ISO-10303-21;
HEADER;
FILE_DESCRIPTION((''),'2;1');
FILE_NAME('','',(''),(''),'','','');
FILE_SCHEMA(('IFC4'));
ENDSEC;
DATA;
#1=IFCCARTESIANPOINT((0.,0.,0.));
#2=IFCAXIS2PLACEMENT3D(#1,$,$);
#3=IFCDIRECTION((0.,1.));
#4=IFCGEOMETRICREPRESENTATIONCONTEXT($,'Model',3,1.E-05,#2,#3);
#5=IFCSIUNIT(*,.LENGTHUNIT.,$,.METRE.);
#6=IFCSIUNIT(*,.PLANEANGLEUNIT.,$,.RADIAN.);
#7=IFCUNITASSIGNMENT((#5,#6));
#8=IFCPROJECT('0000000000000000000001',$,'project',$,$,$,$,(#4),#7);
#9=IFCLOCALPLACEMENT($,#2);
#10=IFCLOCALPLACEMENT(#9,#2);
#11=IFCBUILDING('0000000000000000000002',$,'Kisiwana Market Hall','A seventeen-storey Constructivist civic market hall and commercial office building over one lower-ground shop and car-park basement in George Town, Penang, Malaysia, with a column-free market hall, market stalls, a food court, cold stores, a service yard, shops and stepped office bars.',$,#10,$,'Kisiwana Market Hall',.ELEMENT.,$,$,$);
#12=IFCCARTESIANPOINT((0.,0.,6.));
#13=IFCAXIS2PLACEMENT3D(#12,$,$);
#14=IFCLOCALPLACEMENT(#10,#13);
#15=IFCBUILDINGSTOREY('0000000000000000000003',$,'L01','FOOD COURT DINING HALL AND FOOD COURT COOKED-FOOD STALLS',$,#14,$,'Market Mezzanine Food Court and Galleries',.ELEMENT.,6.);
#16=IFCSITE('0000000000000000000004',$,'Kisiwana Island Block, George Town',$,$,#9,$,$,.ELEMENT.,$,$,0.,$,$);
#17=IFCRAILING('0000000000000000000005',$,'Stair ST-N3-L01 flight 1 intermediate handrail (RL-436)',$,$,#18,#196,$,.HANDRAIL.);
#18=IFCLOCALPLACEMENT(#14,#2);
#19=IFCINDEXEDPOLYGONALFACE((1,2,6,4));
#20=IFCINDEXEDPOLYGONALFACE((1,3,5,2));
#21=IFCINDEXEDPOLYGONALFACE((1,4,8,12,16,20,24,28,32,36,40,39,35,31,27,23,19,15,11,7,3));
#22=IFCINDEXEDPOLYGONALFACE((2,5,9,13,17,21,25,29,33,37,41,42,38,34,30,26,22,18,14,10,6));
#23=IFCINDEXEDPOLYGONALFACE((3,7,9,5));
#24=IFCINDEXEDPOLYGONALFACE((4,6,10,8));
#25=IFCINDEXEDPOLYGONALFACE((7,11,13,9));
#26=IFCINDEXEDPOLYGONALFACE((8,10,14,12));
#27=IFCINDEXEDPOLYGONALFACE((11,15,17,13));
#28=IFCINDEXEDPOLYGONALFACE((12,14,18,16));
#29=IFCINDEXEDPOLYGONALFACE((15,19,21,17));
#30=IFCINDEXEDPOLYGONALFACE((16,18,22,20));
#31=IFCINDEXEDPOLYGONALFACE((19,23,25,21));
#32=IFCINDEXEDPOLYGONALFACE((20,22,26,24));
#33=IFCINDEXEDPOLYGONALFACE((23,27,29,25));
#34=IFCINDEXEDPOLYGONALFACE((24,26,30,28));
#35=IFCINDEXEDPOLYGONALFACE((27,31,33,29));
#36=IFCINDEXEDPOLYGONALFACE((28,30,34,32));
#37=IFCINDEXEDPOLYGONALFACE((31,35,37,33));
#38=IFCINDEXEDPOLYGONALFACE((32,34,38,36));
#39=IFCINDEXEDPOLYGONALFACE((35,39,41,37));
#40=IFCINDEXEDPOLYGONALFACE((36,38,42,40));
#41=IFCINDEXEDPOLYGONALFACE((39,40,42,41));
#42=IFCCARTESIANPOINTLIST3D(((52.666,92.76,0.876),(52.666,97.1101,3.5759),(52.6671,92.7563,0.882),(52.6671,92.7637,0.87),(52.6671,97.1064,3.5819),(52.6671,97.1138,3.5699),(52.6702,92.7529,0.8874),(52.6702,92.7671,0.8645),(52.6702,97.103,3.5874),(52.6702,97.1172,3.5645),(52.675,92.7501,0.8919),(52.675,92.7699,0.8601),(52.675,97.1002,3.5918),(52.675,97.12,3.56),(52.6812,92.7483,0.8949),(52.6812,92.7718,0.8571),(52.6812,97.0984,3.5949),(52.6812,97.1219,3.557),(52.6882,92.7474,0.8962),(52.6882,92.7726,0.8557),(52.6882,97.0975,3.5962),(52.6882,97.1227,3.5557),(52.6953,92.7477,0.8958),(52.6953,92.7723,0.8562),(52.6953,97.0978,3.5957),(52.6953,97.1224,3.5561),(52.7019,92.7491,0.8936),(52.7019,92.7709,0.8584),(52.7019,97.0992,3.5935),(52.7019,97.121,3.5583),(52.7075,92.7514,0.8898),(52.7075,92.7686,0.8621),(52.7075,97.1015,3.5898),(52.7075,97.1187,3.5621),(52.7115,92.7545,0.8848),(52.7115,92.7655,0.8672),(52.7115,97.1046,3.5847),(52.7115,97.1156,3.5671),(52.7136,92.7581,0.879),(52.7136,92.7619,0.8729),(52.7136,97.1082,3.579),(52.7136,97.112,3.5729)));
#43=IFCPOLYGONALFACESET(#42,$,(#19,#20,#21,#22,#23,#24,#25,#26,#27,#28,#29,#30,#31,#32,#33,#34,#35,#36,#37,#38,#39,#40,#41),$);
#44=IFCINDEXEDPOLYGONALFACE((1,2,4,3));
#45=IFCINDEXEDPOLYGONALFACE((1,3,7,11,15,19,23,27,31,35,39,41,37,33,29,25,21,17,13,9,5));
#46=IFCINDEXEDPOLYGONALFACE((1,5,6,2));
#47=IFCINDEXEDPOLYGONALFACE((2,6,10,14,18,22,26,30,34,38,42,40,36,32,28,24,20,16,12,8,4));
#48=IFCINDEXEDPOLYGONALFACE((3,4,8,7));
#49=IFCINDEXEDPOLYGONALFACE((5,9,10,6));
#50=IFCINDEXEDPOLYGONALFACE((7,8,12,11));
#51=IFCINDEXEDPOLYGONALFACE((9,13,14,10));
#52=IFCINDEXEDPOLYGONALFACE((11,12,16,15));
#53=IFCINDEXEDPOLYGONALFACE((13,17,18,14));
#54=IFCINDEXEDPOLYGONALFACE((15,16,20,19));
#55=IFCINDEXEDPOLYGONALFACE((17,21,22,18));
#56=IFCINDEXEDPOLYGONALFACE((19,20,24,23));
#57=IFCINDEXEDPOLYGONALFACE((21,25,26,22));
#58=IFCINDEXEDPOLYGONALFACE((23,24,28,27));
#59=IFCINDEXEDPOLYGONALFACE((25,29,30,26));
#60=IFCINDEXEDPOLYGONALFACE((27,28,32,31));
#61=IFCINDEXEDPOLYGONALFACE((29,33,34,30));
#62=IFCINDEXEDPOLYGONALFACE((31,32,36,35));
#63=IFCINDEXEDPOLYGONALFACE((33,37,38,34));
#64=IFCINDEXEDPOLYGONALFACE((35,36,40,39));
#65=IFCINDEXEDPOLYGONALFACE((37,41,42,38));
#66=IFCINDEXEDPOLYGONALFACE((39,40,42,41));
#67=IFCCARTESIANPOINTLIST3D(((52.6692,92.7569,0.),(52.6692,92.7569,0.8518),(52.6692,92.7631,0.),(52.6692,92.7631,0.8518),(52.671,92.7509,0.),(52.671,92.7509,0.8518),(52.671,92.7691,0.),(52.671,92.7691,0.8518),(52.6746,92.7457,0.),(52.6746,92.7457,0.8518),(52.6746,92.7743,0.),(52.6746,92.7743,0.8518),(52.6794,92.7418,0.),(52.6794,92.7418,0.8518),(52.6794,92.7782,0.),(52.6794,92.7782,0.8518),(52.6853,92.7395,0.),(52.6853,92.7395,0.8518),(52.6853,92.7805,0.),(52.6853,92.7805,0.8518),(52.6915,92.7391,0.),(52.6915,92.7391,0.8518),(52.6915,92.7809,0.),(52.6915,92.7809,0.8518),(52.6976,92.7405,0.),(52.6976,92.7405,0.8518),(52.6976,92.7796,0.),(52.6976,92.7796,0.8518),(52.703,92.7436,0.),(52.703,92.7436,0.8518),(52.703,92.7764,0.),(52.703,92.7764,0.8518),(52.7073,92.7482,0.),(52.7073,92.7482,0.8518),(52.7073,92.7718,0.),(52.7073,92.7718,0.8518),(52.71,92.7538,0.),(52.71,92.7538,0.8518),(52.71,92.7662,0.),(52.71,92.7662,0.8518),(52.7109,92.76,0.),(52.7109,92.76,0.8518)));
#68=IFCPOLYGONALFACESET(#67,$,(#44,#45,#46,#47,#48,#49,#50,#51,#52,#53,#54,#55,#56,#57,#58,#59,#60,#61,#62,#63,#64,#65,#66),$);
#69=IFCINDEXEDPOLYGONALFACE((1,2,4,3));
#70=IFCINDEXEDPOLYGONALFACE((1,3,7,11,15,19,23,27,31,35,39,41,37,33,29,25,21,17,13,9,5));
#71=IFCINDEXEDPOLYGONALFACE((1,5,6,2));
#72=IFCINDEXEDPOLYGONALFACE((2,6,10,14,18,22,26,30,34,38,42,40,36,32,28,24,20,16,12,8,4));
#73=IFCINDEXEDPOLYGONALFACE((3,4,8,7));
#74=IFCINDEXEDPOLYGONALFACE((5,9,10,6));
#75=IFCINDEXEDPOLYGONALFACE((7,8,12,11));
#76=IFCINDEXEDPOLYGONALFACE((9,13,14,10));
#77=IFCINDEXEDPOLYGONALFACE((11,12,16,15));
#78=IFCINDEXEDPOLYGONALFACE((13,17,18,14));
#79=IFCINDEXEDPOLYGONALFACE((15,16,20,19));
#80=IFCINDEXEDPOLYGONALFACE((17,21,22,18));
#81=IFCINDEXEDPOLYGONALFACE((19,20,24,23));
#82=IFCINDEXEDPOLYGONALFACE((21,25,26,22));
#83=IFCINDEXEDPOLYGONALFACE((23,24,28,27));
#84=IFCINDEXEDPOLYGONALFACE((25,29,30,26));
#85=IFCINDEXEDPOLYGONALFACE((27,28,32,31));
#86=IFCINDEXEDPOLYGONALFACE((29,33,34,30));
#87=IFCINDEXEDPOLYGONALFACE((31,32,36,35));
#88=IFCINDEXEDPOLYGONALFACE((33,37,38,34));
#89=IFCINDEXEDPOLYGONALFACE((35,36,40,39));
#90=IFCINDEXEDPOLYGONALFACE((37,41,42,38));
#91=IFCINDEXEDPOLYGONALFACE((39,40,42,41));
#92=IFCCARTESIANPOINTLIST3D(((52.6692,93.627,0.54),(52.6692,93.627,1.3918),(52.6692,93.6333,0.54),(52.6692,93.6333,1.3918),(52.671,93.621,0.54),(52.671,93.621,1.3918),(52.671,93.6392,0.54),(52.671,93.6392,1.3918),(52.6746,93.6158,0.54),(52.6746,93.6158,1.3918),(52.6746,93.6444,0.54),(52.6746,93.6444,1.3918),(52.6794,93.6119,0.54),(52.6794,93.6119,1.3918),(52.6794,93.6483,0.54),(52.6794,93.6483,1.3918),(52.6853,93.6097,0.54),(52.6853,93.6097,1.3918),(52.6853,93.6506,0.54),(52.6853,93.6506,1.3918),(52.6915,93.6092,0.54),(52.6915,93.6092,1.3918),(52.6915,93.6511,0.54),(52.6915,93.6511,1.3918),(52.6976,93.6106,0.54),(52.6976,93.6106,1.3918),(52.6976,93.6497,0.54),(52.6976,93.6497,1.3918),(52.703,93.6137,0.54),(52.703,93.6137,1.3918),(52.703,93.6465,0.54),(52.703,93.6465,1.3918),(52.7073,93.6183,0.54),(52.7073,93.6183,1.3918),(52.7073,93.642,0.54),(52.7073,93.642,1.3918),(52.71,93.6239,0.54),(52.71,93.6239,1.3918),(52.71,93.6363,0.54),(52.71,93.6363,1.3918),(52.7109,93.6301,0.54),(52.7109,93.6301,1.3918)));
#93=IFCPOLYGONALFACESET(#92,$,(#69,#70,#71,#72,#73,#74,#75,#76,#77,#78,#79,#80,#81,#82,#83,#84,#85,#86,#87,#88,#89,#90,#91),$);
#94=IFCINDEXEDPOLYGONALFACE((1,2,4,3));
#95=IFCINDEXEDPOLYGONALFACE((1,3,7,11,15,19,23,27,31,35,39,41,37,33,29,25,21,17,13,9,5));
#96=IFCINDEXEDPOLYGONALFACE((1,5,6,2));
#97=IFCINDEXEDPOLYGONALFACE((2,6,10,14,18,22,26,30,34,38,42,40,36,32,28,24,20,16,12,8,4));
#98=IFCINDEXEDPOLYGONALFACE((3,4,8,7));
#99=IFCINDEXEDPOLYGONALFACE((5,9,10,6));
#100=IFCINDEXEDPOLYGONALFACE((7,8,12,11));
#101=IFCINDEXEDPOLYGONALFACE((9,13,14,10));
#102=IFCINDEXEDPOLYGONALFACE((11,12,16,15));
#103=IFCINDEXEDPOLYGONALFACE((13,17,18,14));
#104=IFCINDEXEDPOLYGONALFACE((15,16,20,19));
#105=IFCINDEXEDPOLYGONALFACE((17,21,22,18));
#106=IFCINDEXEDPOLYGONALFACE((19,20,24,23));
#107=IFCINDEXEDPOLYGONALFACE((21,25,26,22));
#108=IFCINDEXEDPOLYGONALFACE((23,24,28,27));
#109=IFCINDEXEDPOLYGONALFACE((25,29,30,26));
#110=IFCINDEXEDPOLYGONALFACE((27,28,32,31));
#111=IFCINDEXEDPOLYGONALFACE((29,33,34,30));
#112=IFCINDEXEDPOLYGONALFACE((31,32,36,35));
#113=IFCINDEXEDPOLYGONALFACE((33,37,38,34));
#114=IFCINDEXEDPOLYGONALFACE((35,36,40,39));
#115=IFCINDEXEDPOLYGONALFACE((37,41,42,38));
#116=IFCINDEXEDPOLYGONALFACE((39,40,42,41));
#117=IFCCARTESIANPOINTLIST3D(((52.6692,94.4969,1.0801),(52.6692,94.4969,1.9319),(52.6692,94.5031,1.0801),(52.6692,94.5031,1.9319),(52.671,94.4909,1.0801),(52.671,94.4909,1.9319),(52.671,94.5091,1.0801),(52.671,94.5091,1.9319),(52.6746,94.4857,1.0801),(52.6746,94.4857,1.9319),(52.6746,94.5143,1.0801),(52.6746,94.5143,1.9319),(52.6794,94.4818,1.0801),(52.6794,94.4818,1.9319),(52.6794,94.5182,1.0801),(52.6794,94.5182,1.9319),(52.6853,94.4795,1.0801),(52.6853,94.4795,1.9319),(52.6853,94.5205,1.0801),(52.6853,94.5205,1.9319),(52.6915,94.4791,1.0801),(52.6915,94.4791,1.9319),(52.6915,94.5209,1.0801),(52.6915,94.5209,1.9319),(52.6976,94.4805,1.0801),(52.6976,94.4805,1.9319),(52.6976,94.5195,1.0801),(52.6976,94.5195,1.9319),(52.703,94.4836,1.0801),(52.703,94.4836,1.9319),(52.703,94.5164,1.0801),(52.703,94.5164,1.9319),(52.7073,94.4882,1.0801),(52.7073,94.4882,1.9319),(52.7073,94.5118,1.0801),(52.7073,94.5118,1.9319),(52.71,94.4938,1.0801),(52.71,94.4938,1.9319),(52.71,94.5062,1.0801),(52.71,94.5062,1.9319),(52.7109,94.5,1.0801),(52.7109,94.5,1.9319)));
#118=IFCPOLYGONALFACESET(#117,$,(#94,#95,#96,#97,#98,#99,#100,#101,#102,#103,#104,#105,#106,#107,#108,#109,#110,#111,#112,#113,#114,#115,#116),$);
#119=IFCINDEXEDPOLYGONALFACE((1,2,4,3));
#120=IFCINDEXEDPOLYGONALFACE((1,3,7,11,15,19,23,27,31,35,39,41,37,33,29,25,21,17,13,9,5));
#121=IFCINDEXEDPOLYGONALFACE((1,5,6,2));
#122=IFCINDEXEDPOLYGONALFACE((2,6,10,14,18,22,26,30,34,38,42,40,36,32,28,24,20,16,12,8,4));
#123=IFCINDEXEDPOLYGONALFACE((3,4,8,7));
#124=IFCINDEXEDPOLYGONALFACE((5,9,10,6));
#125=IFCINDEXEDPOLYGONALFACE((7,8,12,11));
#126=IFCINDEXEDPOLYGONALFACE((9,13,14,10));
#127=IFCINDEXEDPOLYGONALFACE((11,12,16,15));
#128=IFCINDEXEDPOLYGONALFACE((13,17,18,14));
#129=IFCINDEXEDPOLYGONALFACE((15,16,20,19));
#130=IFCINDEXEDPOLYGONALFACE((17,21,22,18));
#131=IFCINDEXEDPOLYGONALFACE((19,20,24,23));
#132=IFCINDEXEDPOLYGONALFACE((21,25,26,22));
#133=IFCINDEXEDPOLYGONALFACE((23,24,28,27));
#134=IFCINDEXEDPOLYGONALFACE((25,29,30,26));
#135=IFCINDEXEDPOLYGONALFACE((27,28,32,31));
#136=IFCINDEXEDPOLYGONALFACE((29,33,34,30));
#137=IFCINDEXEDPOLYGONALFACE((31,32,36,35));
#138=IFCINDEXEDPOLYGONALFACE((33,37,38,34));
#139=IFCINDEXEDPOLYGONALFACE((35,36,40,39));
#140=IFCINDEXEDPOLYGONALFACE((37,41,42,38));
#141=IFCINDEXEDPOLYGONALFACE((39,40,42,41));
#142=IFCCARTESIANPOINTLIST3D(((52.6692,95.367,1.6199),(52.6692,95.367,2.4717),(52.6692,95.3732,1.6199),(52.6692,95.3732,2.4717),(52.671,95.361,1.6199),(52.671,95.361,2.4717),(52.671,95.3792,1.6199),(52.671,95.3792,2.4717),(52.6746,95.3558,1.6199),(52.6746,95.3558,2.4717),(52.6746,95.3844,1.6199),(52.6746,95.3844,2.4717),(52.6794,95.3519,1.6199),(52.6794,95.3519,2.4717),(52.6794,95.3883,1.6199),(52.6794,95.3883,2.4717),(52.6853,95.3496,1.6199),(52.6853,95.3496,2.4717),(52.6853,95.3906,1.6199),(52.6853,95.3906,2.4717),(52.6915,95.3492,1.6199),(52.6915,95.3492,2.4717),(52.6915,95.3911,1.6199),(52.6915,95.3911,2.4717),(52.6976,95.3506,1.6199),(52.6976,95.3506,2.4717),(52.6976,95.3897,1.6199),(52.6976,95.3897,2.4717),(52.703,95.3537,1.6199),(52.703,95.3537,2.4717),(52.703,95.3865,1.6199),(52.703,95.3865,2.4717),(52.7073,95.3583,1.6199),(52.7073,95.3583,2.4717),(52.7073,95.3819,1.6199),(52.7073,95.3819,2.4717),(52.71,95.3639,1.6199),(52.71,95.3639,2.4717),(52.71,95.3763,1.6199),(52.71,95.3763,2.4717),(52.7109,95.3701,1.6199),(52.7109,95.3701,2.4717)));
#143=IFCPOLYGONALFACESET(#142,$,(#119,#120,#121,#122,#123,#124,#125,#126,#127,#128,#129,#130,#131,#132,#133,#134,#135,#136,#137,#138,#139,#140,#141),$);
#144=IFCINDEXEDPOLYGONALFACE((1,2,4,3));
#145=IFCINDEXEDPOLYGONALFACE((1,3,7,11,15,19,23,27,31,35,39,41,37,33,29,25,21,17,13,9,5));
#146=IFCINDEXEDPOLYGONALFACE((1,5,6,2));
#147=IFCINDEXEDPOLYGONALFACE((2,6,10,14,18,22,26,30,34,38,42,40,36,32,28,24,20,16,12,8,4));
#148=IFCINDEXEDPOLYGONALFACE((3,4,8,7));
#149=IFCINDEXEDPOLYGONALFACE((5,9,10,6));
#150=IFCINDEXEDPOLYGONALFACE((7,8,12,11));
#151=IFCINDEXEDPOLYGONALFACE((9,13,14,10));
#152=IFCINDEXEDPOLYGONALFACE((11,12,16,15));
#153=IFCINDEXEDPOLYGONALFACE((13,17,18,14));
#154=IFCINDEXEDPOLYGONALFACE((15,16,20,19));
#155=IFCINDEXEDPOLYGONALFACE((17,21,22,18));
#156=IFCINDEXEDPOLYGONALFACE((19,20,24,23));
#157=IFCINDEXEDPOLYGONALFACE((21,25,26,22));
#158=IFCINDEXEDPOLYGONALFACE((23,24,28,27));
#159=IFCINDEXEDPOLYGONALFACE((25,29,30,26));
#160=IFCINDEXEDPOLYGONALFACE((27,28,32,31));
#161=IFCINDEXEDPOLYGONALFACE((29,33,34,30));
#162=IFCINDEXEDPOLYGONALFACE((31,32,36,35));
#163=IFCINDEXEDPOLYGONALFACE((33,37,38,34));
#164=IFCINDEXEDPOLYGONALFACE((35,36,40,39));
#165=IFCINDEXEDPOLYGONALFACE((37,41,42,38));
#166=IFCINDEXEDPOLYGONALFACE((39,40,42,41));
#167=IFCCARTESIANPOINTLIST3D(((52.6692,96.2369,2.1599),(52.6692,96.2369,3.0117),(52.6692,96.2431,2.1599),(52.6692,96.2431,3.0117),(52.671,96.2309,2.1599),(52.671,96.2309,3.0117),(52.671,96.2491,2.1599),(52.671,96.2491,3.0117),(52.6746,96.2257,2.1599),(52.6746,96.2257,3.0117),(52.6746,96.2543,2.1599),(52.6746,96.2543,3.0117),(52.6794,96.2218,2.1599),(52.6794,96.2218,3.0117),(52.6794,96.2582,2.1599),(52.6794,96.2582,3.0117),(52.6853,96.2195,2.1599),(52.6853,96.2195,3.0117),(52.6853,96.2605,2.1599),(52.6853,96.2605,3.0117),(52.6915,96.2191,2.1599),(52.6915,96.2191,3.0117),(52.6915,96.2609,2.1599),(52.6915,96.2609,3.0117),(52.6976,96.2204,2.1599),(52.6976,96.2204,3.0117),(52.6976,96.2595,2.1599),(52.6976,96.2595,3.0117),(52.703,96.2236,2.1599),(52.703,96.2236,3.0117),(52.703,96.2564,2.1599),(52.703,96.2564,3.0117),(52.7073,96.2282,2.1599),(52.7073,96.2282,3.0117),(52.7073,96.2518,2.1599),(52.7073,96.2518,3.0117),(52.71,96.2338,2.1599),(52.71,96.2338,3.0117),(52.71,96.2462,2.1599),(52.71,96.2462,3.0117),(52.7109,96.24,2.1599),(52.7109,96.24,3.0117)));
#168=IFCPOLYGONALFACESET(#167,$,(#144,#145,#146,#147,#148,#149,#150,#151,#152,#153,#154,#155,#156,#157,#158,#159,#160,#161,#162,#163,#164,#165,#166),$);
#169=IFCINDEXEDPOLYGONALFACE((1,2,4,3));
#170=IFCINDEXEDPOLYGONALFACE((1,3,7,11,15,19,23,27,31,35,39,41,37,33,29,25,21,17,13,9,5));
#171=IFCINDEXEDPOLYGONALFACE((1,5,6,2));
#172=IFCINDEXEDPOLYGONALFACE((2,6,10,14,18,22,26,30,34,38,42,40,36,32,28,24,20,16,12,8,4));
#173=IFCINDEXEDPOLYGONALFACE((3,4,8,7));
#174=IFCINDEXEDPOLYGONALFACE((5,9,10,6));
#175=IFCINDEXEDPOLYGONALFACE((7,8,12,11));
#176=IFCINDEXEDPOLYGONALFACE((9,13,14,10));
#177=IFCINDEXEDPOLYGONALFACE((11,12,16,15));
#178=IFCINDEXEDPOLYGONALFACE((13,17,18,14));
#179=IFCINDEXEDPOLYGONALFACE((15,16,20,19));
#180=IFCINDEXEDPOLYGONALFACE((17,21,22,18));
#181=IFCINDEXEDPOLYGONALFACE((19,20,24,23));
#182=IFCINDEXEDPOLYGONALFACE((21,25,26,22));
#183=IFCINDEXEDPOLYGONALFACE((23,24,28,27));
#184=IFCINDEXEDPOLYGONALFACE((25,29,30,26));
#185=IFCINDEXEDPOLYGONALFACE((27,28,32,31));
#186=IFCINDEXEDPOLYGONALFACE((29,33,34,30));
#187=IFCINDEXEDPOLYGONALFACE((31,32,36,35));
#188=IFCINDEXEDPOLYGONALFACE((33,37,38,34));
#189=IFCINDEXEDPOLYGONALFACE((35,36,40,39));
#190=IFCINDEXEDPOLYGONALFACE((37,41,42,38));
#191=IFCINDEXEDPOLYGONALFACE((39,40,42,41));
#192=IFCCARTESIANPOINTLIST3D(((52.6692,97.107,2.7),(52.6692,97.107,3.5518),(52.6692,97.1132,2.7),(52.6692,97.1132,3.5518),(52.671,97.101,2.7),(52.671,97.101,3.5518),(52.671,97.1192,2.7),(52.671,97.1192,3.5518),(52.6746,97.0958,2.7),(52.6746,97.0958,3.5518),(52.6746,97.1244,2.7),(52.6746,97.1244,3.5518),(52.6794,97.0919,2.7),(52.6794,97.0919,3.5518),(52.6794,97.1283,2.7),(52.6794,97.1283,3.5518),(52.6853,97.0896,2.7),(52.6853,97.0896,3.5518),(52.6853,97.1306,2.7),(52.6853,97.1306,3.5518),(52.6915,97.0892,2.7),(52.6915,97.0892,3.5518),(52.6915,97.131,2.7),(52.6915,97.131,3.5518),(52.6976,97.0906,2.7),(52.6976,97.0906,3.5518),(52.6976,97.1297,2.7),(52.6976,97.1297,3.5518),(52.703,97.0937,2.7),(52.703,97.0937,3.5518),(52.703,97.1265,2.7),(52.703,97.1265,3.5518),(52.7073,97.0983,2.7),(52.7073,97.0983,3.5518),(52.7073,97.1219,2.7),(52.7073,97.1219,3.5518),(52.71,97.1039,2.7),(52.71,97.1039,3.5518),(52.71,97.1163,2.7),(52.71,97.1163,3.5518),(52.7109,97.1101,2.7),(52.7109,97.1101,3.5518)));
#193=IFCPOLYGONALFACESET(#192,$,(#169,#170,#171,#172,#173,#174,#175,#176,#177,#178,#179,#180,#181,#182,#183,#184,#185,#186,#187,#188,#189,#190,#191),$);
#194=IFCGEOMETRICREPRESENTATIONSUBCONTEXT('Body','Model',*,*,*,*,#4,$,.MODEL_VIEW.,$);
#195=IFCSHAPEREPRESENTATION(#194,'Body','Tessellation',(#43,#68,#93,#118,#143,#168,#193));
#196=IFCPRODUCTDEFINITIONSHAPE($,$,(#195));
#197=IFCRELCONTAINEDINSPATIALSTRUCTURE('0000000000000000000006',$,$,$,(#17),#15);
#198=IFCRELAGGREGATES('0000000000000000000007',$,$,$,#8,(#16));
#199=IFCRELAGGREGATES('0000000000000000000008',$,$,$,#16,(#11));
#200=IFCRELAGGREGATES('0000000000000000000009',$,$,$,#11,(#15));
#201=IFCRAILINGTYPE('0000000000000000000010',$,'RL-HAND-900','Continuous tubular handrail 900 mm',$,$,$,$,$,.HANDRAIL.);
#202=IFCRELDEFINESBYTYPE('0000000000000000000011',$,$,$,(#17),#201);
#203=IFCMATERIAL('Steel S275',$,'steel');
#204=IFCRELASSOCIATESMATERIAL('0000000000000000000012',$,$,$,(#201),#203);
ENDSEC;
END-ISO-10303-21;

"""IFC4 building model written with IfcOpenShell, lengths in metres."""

from ifc_helpers import new_model, si_unit, direction, frame, origin, origin_2d, place, context, subcontext, project, spatial, circle, extrude, material, type_object, element, save


model = new_model("IFC4")

# Units and contexts
model_context = context("Model", 3, precision=1e-05, world=origin(), true_north=direction((0.0, 1.0)))
body_context = subcontext(model_context, "Body", "Model", "MODEL_VIEW")
ifc_project = project(units=[si_unit("LENGTHUNIT", "METRE"), si_unit("PLANEANGLEUNIT", "RADIAN")], contexts=[model_context])

# Site, building, storey
site_placement = place(None, origin())
site = spatial("IfcSite", under=ifc_project, at=site_placement, Name="Kisiwana Island Block, George Town", CompositionType="ELEMENT", RefElevation=0.0)
building_placement = place(site_placement, origin())
building = spatial("IfcBuilding", under=site, at=building_placement, Name="Kisiwana Market Hall", Description="A seventeen-storey Constructivist civic market hall and commercial office building over one lower-ground shop and car-park basement in George Town, Penang, Malaysia, with a column-free market hall, market stalls, a food court, cold stores, a service yard, shops and stepped office bars.", LongName="Kisiwana Market Hall", CompositionType="ELEMENT")
storey_placement = place(building_placement, frame((0.0, 0.0, 6.0)))
storey = spatial("IfcBuildingStorey", under=building, at=storey_placement, Name="L01", Description="FOOD COURT DINING HALL AND FOOD COURT COOKED-FOOD STALLS", LongName="Market Mezzanine Food Court and Galleries", CompositionType="ELEMENT", Elevation=6.0)

# Railing
ifc_material_1 = material(Name="Steel S275", Category="steel")
railing_type_1 = type_object("IfcRailingType", Name="RL-HAND-900", Description="Continuous tubular handrail 900 mm", PredefinedType="HANDRAIL", material=ifc_material_1)
for number, where, name in (
    (1, (52.6899, 92.76, 0.0), "Stair ST-N3-L01 flight 1 intermediate handrail (RL-436)"),
):
    element("IfcRailing", number, at=place(storey_placement, frame(where)), inside=storey, type_object=railing_type_1, Name=name, PredefinedType="HANDRAIL", context=body_context, shape_type="SweptSolid", body=[
        extrude(circle(Radius=0.0239, at=origin_2d()), frame((0.0, 0.0, 0.876), z_axis=(0.0, 0.84965, 0.527347), x_axis=(-1.0, 0.0, 0.0)), (0.0, 0.0, 1.0), 5.1199),
        extrude(circle(Radius=0.021, at=origin_2d()), origin(), (0.0, 0.0, 1.0), 0.8518),
        extrude(circle(Radius=0.021, at=origin_2d()), frame((0.0, 0.8701, 0.54)), (0.0, 0.0, 1.0), 0.8518),
        extrude(circle(Radius=0.021, at=origin_2d()), frame((0.0, 1.74, 1.0801)), (0.0, 0.0, 1.0), 0.8518),
        extrude(circle(Radius=0.021, at=origin_2d()), frame((0.0, 2.6101, 1.6199)), (0.0, 0.0, 1.0), 0.8518),
        extrude(circle(Radius=0.021, at=origin_2d()), frame((0.0, 3.48, 2.1599)), (0.0, 0.0, 1.0), 0.8518),
        extrude(circle(Radius=0.021, at=origin_2d()), frame((0.0, 4.3501, 2.7)), (0.0, 0.0, 1.0), 0.8518),
    ])

save(model, "model.ifc")
